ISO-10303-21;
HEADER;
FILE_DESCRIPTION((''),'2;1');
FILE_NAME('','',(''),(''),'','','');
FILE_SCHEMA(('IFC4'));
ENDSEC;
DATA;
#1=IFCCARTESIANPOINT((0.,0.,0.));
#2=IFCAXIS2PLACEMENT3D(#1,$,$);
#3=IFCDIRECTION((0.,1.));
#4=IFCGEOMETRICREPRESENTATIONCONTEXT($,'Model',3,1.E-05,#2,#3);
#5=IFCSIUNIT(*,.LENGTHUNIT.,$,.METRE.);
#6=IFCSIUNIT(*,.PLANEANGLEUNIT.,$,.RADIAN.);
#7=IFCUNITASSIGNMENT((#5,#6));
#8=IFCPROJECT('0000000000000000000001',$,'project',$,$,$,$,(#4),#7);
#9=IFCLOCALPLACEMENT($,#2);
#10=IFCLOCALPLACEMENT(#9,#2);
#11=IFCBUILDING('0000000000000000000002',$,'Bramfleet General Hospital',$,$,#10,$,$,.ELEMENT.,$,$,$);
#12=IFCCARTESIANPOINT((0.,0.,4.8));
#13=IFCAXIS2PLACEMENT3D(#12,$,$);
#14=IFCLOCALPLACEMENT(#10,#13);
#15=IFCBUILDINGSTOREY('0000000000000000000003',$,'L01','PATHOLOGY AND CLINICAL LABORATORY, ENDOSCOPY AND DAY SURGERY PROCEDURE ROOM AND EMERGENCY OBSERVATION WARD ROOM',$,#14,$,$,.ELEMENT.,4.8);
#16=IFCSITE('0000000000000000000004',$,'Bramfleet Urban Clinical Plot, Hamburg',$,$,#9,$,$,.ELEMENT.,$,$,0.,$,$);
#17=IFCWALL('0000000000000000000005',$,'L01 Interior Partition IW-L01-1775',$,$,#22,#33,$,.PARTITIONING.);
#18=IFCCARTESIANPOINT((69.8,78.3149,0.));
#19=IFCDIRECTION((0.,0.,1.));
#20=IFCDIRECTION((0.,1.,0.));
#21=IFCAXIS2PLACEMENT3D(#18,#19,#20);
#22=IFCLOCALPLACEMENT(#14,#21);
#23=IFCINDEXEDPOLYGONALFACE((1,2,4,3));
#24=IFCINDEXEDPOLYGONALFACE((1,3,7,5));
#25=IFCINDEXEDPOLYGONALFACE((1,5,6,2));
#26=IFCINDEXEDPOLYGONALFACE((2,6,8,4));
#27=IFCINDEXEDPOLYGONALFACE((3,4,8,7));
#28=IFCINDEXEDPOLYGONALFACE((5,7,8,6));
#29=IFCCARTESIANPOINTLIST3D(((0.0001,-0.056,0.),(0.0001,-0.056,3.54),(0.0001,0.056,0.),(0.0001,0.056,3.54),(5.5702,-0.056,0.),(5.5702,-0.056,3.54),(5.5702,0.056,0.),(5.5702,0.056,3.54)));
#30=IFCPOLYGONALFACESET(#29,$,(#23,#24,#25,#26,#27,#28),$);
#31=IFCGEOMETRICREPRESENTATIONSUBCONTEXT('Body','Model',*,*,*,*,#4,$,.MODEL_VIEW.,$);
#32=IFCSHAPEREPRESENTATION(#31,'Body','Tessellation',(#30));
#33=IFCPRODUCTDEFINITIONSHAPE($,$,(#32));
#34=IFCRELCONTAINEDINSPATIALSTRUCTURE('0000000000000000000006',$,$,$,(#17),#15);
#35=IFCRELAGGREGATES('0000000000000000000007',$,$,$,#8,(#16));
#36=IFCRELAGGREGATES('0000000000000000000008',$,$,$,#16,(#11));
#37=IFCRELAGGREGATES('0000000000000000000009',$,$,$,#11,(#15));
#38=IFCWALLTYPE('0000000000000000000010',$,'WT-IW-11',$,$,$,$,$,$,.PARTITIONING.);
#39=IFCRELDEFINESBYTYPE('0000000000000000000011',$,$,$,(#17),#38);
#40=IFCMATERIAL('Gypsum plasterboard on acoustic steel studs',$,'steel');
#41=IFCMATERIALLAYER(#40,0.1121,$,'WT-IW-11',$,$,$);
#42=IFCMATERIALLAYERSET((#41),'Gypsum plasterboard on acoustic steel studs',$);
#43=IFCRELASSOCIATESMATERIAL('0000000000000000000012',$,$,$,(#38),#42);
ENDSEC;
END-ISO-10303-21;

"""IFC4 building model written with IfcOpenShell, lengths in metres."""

from ifc_helpers import new_model, si_unit, direction, frame, frame_2d, origin, place, context, subcontext, project, spatial, rectangle, extrude, material, layer, layer_set, type_object, element, save


model = new_model("IFC4")

# Units and contexts
model_context = context("Model", 3, precision=1e-05, world=origin(), true_north=direction((0.0, 1.0)))
body_context = subcontext(model_context, "Body", "Model", "MODEL_VIEW")
ifc_project = project(units=[si_unit("LENGTHUNIT", "METRE"), si_unit("PLANEANGLEUNIT", "RADIAN")], contexts=[model_context])

# Site, building, storey
site_placement = place(None, origin())
site = spatial("IfcSite", under=ifc_project, at=site_placement, Name="Bramfleet Urban Clinical Plot, Hamburg", CompositionType="ELEMENT", RefElevation=0.0)
building_placement = place(site_placement, origin())
building = spatial("IfcBuilding", under=site, at=building_placement, Name="Bramfleet General Hospital", CompositionType="ELEMENT")
storey_placement = place(building_placement, frame((0.0, 0.0, 4.8)))
storey = spatial("IfcBuildingStorey", under=building, at=storey_placement, Name="L01", Description="PATHOLOGY AND CLINICAL LABORATORY, ENDOSCOPY AND DAY SURGERY PROCEDURE ROOM AND EMERGENCY OBSERVATION WARD ROOM", CompositionType="ELEMENT", Elevation=4.8)

# Shared definitions
ifc_material_1 = material(Name="Gypsum plasterboard on acoustic steel studs", Category="steel")

# Wall
ifc_layer_1 = layer(ifc_material_1, 0.1121, Name="WT-IW-11")
ifc_layer_set_1 = layer_set([ifc_layer_1], Name="Gypsum plasterboard on acoustic steel studs")
wall_type_1 = type_object("IfcWallType", Name="WT-IW-11", PredefinedType="PARTITIONING", material=ifc_layer_set_1)
wall_1_placement = place(storey_placement, frame((69.8, 78.3149, 0.0), z_axis=(0.0, 0.0, 1.0), x_axis=(0.0, 1.0, 0.0)))
element("IfcWall", 1, at=wall_1_placement, inside=storey, type_object=wall_type_1, Name="L01 Interior Partition IW-L01-1775", PredefinedType="PARTITIONING", context=body_context, shape_type="SweptSolid", body=[
    extrude(rectangle(XDim=5.5701, YDim=0.1121, at=frame_2d((2.7852, 0.0))), origin(), (0.0, 0.0, 1.0), 3.54),
])

save(model, "model.ifc")
